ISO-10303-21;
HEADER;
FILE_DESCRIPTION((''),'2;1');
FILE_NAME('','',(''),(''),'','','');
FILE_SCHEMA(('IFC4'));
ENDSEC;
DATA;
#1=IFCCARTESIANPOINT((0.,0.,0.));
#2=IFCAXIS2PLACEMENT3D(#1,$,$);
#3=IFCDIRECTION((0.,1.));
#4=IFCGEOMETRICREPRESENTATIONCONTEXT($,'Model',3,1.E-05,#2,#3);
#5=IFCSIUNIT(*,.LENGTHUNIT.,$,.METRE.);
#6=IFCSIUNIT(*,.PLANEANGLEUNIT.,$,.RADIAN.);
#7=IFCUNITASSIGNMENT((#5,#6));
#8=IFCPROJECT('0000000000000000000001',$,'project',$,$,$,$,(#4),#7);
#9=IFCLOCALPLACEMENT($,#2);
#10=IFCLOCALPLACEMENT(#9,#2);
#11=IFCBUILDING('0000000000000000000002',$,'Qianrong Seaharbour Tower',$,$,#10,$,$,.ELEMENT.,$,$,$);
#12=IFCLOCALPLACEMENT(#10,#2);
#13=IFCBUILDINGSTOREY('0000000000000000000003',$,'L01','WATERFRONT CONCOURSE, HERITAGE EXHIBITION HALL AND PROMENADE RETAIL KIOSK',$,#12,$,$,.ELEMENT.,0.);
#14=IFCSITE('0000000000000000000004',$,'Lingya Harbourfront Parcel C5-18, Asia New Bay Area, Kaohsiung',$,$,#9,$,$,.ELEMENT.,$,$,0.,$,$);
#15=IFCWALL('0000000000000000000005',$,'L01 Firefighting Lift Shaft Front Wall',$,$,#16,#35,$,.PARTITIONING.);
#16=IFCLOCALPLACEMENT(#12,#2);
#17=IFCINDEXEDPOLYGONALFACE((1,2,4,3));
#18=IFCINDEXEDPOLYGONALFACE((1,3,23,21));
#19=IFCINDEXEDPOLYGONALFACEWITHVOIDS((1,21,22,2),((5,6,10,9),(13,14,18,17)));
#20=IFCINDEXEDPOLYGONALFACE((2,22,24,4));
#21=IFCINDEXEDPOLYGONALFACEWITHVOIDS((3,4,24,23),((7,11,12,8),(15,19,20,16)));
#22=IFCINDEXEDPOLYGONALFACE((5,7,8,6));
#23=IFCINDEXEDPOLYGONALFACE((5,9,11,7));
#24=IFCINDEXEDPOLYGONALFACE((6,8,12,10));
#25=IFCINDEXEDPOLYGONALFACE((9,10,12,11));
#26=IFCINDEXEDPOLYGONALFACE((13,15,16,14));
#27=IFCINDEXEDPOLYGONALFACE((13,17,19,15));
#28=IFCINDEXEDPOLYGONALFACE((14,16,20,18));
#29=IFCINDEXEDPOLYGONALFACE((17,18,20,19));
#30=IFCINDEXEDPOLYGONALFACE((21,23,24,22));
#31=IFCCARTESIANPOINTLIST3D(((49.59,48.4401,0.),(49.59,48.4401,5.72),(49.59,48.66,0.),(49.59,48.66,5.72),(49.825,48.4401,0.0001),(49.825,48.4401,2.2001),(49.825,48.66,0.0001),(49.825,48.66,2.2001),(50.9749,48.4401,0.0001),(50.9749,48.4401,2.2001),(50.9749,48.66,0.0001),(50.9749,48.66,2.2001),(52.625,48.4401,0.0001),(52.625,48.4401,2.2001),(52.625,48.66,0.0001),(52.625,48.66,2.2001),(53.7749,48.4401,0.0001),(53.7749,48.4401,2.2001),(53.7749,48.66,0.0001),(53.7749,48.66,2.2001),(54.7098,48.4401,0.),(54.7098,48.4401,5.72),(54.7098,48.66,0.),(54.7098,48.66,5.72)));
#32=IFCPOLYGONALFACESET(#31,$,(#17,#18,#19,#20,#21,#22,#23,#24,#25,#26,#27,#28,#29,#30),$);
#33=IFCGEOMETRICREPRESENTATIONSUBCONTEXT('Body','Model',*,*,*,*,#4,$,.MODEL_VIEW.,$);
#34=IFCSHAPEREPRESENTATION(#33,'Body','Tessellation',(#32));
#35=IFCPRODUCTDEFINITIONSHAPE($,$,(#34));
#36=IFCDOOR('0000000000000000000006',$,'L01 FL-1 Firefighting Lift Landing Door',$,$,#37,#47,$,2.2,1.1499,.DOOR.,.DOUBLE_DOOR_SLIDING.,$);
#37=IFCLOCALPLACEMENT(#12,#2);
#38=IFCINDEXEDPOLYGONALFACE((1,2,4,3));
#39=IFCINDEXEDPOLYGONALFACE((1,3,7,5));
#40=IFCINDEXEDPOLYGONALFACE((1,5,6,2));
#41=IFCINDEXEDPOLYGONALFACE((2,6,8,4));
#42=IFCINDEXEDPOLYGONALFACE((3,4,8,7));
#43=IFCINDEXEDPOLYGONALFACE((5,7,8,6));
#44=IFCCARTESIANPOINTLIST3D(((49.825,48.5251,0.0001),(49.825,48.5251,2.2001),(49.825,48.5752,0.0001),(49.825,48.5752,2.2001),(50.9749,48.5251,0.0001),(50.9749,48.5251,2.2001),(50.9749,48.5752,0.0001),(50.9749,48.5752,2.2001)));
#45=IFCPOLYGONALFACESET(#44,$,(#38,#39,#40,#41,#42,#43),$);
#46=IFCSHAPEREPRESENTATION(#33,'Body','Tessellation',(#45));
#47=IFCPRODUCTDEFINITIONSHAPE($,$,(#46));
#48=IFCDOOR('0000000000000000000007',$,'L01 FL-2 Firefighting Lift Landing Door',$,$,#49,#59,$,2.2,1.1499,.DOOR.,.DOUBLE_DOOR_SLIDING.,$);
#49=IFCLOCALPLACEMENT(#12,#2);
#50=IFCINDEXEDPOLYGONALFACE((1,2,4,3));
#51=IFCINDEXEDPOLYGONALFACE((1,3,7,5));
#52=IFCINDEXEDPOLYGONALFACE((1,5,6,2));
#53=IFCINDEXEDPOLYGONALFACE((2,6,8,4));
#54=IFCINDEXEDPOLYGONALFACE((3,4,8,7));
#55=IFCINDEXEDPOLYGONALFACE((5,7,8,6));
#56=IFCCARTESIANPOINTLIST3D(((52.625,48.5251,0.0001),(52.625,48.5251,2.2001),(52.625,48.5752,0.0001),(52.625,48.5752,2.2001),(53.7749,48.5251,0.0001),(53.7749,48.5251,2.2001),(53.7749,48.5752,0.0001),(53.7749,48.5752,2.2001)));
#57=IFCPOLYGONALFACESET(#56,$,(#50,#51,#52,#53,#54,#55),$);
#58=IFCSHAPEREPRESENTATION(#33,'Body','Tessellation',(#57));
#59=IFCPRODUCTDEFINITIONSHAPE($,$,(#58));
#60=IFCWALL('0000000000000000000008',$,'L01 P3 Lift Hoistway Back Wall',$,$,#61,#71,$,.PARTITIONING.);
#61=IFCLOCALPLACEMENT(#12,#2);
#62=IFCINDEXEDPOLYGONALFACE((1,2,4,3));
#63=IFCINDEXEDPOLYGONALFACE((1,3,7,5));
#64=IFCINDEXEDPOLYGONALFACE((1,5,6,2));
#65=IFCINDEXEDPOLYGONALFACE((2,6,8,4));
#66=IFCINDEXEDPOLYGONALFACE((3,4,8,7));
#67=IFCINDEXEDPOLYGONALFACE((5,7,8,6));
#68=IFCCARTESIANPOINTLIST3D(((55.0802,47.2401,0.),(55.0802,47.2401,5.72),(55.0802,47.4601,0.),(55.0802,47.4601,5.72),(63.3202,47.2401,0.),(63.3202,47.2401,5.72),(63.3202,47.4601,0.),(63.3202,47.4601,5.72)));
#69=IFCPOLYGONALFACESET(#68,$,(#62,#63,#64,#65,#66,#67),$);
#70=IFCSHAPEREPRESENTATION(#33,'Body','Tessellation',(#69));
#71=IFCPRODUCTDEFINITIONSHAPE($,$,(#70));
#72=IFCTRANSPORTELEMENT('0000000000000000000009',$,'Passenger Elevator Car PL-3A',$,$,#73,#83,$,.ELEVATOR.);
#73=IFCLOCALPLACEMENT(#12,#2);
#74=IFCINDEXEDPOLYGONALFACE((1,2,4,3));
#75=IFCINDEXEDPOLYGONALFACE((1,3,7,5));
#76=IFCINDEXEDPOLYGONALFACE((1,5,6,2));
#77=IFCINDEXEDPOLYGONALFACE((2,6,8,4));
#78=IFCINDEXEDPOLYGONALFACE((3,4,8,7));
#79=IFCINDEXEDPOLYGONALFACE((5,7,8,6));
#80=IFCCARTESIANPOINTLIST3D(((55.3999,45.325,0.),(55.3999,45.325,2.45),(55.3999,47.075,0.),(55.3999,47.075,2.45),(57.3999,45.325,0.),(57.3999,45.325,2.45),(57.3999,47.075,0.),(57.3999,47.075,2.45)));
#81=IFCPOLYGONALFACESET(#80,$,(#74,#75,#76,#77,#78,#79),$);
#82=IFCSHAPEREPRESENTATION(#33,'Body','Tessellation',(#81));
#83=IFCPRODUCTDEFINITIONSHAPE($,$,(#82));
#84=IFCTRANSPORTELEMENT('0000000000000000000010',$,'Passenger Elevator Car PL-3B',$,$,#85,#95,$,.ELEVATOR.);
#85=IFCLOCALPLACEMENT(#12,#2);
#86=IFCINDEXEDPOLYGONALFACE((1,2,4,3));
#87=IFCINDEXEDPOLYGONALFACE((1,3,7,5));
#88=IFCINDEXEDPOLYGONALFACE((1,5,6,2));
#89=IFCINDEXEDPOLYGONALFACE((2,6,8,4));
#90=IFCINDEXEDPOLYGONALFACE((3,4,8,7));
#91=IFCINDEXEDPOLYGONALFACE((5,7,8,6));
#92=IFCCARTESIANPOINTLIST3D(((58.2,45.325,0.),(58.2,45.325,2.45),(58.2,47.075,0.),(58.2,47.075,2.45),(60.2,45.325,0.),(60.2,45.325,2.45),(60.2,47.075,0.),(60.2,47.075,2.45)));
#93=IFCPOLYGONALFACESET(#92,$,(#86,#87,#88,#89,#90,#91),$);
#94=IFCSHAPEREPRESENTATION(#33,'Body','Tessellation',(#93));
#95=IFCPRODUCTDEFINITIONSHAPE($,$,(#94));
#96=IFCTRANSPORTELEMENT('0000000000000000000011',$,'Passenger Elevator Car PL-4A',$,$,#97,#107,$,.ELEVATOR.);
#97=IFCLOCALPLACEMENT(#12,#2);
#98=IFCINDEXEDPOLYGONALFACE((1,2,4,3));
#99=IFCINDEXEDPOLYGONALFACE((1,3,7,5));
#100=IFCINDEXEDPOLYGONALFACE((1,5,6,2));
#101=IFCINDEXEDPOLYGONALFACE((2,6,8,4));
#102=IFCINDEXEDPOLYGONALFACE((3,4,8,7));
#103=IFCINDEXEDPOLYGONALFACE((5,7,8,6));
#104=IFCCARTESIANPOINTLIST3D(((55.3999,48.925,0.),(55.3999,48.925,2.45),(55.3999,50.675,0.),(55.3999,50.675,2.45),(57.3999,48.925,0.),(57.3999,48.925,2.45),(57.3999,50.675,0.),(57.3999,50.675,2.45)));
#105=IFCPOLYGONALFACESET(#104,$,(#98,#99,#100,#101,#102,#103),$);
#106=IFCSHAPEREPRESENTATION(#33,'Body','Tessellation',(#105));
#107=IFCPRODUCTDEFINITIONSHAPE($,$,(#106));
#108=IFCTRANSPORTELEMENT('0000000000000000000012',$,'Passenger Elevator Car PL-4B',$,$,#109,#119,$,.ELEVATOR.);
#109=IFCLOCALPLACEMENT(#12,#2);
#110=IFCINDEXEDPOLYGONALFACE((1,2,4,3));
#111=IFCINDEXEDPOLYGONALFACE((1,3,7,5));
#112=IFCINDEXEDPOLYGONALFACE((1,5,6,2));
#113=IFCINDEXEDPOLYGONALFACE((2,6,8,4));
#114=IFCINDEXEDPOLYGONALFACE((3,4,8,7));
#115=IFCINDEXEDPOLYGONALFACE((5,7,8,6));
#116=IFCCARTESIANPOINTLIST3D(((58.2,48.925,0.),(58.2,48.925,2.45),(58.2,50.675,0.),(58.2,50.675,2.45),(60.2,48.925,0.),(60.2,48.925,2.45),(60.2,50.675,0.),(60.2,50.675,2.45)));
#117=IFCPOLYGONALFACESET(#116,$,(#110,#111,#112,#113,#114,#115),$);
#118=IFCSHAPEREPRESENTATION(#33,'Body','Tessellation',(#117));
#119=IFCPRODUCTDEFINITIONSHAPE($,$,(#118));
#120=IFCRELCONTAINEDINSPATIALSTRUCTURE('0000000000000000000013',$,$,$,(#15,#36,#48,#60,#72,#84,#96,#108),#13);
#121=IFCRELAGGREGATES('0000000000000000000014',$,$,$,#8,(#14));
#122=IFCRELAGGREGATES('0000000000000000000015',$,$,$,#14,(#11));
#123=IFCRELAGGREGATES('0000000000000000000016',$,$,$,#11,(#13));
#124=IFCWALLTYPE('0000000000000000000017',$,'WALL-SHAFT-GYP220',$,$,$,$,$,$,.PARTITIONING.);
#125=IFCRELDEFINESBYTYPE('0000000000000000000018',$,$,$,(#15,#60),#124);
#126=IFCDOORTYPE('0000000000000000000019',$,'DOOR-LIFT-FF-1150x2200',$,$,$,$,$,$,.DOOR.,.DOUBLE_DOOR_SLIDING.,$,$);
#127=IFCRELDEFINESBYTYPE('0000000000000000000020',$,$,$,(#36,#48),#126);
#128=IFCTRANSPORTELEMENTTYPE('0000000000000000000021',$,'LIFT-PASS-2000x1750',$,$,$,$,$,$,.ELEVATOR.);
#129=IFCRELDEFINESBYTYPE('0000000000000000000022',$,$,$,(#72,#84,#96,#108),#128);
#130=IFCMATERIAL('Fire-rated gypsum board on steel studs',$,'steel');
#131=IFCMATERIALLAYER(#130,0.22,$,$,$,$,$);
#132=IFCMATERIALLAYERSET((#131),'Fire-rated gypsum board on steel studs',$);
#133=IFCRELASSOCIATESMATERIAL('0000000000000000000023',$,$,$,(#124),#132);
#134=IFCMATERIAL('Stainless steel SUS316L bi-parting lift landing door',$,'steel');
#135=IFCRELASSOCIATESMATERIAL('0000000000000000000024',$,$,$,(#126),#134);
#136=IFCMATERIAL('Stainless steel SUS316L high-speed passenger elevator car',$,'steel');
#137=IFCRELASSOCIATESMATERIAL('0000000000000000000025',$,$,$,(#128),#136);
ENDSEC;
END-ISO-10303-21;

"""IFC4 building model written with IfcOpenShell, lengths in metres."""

from ifc_helpers import new_model, si_unit, direction, frame, frame_2d, origin, origin_2d, place, context, subcontext, project, spatial, rectangle, extrude, material, layer, layer_set, type_object, element, fill, save


model = new_model("IFC4")

# Units and contexts
model_context = context("Model", 3, precision=1e-05, world=origin(), true_north=direction((0.0, 1.0)))
body_context = subcontext(model_context, "Body", "Model", "MODEL_VIEW")
ifc_project = project(units=[si_unit("LENGTHUNIT", "METRE"), si_unit("PLANEANGLEUNIT", "RADIAN")], contexts=[model_context])

# Site, building, storey
site_placement = place(None, origin())
site = spatial("IfcSite", under=ifc_project, at=site_placement, Name="Lingya Harbourfront Parcel C5-18, Asia New Bay Area, Kaohsiung", CompositionType="ELEMENT", RefElevation=0.0)
building_placement = place(site_placement, origin())
building = spatial("IfcBuilding", under=site, at=building_placement, Name="Qianrong Seaharbour Tower", CompositionType="ELEMENT")
storey_placement = place(building_placement, origin())
storey = spatial("IfcBuildingStorey", under=building, at=storey_placement, Name="L01", Description="WATERFRONT CONCOURSE, HERITAGE EXHIBITION HALL AND PROMENADE RETAIL KIOSK", CompositionType="ELEMENT", Elevation=0.0)

# Shared definitions
ifc_material_1 = material(Name="Fire-rated gypsum board on steel studs", Category="steel")

# Wall, openings, doors
ifc_layer_1 = layer(ifc_material_1, 0.22)
ifc_layer_set_1 = layer_set([ifc_layer_1], Name="Fire-rated gypsum board on steel studs")
wall_type_1 = type_object("IfcWallType", Name="WALL-SHAFT-GYP220", PredefinedType="PARTITIONING", material=ifc_layer_set_1)
wall_1_placement = place(storey_placement, frame((54.71, 48.55, 0.0), z_axis=(0.0, 0.0, 1.0), x_axis=(-1.0, 0.0, 0.0)))
wall_1 = element("IfcWall", 1, at=wall_1_placement, inside=storey, type_object=wall_type_1, Name="L01 Firefighting Lift Shaft Front Wall", PredefinedType="PARTITIONING", context=body_context, shape_type="SweptSolid", body=[
    extrude(rectangle(XDim=5.1199, YDim=0.22, at=frame_2d((2.5601, 0.0))), origin(), (0.0, 0.0, 1.0), 5.72),
])
opening_1_placement = place(wall_1_placement, frame((3.7351, 0.0, 0.0)))
opening_1 = element("IfcOpeningElement", 2, at=opening_1_placement, cuts=wall_1, PredefinedType="OPENING", context=body_context, shape_type="SweptSolid", body=[
    extrude(rectangle(XDim=1.1499, YDim=2.2, at=frame_2d((0.575, 1.1001))), frame((0.0, 0.1201, 0.0), z_axis=(0.0, -1.0, 0.0), x_axis=(1.0, 0.0, 0.0)), (0.0, 0.0, 1.0), 0.24),
])
opening_2_placement = place(wall_1_placement, frame((0.9351, 0.0, 0.0)))
opening_2 = element("IfcOpeningElement", 3, at=opening_2_placement, cuts=wall_1, PredefinedType="OPENING", context=body_context, shape_type="SweptSolid", body=[
    extrude(rectangle(XDim=1.1499, YDim=2.2, at=frame_2d((0.575, 1.1001))), frame((0.0, 0.1201, 0.0), z_axis=(0.0, -1.0, 0.0), x_axis=(1.0, 0.0, 0.0)), (0.0, 0.0, 1.0), 0.24),
])
ifc_material_2 = material(Name="Stainless steel SUS316L bi-parting lift landing door", Category="steel")
door_type_1 = type_object("IfcDoorType", Name="DOOR-LIFT-FF-1150x2200", OperationType="DOUBLE_DOOR_SLIDING", PredefinedType="DOOR", material=ifc_material_2)
door_1_placement = place(opening_1_placement, origin())
door_1 = element("IfcDoor", 4, at=door_1_placement, inside=storey, type_object=door_type_1, Name="L01 FL-1 Firefighting Lift Landing Door", OperationType="DOUBLE_DOOR_SLIDING", OverallHeight=2.2, OverallWidth=1.1499, PredefinedType="DOOR", context=body_context, shape_type="SweptSolid", body=[
    extrude(rectangle(XDim=1.1499, YDim=2.2, at=frame_2d((0.575, 1.1001))), frame((0.0, 0.0249, 0.0), z_axis=(0.0, -1.0, 0.0), x_axis=(1.0, 0.0, 0.0)), (0.0, 0.0, 1.0), 0.05),
])
fill(opening_1, door_1)
door_2_placement = place(opening_2_placement, origin())
door_2 = element("IfcDoor", 5, at=door_2_placement, inside=storey, type_object=door_type_1, Name="L01 FL-2 Firefighting Lift Landing Door", OperationType="DOUBLE_DOOR_SLIDING", OverallHeight=2.2, OverallWidth=1.1499, PredefinedType="DOOR", context=body_context, shape_type="SweptSolid", body=[
    extrude(rectangle(XDim=1.1499, YDim=2.2, at=frame_2d((0.575, 1.1001))), frame((0.0, 0.0249, 0.0), z_axis=(0.0, -1.0, 0.0), x_axis=(1.0, 0.0, 0.0)), (0.0, 0.0, 1.0), 0.05),
])
fill(opening_2, door_2)

# Wall
wall_2_placement = place(storey_placement, frame((55.0801, 47.3501, 0.0), z_axis=(0.0, 0.0, 1.0), x_axis=(1.0, 0.0, 0.0)))
element("IfcWall", 6, at=wall_2_placement, inside=storey, type_object=wall_type_1, Name="L01 P3 Lift Hoistway Back Wall", PredefinedType="PARTITIONING", context=body_context, shape_type="SweptSolid", body=[
    extrude(rectangle(XDim=8.24, YDim=0.22, at=frame_2d((4.1201, 0.0))), origin(), (0.0, 0.0, 1.0), 5.72),
])

# Transport elements
ifc_material_3 = material(Name="Stainless steel SUS316L high-speed passenger elevator car", Category="steel")
transport_element_type = type_object("IfcTransportElementType", Name="LIFT-PASS-2000x1750", PredefinedType="ELEVATOR", material=ifc_material_3)
for number, where, z_axis, x_axis, name in (
    (7, (56.3999, 46.2, 0.0), (0.0, 0.0, 1.0), (1.0, 0.0, 0.0), "Passenger Elevator Car PL-3A"),
    (8, (59.2, 46.2, 0.0), (0.0, 0.0, 1.0), (1.0, 0.0, 0.0), "Passenger Elevator Car PL-3B"),
    (9, (56.3999, 49.8, 0.0), (0.0, 0.0, 1.0), (1.0, 0.0, 0.0), "Passenger Elevator Car PL-4A"),
    (10, (59.2, 49.8, 0.0), (0.0, 0.0, 1.0), (1.0, 0.0, 0.0), "Passenger Elevator Car PL-4B"),
):
    element("IfcTransportElement", number, at=place(storey_placement, frame(where, z_axis=z_axis, x_axis=x_axis)), inside=storey, type_object=transport_element_type, Name=name, PredefinedType="ELEVATOR", context=body_context, shape_type="SweptSolid", body=[
        extrude(rectangle(XDim=2.0, YDim=1.75, at=origin_2d()), origin(), (0.0, 0.0, 1.0), 2.45),
    ])

save(model, "model.ifc")
